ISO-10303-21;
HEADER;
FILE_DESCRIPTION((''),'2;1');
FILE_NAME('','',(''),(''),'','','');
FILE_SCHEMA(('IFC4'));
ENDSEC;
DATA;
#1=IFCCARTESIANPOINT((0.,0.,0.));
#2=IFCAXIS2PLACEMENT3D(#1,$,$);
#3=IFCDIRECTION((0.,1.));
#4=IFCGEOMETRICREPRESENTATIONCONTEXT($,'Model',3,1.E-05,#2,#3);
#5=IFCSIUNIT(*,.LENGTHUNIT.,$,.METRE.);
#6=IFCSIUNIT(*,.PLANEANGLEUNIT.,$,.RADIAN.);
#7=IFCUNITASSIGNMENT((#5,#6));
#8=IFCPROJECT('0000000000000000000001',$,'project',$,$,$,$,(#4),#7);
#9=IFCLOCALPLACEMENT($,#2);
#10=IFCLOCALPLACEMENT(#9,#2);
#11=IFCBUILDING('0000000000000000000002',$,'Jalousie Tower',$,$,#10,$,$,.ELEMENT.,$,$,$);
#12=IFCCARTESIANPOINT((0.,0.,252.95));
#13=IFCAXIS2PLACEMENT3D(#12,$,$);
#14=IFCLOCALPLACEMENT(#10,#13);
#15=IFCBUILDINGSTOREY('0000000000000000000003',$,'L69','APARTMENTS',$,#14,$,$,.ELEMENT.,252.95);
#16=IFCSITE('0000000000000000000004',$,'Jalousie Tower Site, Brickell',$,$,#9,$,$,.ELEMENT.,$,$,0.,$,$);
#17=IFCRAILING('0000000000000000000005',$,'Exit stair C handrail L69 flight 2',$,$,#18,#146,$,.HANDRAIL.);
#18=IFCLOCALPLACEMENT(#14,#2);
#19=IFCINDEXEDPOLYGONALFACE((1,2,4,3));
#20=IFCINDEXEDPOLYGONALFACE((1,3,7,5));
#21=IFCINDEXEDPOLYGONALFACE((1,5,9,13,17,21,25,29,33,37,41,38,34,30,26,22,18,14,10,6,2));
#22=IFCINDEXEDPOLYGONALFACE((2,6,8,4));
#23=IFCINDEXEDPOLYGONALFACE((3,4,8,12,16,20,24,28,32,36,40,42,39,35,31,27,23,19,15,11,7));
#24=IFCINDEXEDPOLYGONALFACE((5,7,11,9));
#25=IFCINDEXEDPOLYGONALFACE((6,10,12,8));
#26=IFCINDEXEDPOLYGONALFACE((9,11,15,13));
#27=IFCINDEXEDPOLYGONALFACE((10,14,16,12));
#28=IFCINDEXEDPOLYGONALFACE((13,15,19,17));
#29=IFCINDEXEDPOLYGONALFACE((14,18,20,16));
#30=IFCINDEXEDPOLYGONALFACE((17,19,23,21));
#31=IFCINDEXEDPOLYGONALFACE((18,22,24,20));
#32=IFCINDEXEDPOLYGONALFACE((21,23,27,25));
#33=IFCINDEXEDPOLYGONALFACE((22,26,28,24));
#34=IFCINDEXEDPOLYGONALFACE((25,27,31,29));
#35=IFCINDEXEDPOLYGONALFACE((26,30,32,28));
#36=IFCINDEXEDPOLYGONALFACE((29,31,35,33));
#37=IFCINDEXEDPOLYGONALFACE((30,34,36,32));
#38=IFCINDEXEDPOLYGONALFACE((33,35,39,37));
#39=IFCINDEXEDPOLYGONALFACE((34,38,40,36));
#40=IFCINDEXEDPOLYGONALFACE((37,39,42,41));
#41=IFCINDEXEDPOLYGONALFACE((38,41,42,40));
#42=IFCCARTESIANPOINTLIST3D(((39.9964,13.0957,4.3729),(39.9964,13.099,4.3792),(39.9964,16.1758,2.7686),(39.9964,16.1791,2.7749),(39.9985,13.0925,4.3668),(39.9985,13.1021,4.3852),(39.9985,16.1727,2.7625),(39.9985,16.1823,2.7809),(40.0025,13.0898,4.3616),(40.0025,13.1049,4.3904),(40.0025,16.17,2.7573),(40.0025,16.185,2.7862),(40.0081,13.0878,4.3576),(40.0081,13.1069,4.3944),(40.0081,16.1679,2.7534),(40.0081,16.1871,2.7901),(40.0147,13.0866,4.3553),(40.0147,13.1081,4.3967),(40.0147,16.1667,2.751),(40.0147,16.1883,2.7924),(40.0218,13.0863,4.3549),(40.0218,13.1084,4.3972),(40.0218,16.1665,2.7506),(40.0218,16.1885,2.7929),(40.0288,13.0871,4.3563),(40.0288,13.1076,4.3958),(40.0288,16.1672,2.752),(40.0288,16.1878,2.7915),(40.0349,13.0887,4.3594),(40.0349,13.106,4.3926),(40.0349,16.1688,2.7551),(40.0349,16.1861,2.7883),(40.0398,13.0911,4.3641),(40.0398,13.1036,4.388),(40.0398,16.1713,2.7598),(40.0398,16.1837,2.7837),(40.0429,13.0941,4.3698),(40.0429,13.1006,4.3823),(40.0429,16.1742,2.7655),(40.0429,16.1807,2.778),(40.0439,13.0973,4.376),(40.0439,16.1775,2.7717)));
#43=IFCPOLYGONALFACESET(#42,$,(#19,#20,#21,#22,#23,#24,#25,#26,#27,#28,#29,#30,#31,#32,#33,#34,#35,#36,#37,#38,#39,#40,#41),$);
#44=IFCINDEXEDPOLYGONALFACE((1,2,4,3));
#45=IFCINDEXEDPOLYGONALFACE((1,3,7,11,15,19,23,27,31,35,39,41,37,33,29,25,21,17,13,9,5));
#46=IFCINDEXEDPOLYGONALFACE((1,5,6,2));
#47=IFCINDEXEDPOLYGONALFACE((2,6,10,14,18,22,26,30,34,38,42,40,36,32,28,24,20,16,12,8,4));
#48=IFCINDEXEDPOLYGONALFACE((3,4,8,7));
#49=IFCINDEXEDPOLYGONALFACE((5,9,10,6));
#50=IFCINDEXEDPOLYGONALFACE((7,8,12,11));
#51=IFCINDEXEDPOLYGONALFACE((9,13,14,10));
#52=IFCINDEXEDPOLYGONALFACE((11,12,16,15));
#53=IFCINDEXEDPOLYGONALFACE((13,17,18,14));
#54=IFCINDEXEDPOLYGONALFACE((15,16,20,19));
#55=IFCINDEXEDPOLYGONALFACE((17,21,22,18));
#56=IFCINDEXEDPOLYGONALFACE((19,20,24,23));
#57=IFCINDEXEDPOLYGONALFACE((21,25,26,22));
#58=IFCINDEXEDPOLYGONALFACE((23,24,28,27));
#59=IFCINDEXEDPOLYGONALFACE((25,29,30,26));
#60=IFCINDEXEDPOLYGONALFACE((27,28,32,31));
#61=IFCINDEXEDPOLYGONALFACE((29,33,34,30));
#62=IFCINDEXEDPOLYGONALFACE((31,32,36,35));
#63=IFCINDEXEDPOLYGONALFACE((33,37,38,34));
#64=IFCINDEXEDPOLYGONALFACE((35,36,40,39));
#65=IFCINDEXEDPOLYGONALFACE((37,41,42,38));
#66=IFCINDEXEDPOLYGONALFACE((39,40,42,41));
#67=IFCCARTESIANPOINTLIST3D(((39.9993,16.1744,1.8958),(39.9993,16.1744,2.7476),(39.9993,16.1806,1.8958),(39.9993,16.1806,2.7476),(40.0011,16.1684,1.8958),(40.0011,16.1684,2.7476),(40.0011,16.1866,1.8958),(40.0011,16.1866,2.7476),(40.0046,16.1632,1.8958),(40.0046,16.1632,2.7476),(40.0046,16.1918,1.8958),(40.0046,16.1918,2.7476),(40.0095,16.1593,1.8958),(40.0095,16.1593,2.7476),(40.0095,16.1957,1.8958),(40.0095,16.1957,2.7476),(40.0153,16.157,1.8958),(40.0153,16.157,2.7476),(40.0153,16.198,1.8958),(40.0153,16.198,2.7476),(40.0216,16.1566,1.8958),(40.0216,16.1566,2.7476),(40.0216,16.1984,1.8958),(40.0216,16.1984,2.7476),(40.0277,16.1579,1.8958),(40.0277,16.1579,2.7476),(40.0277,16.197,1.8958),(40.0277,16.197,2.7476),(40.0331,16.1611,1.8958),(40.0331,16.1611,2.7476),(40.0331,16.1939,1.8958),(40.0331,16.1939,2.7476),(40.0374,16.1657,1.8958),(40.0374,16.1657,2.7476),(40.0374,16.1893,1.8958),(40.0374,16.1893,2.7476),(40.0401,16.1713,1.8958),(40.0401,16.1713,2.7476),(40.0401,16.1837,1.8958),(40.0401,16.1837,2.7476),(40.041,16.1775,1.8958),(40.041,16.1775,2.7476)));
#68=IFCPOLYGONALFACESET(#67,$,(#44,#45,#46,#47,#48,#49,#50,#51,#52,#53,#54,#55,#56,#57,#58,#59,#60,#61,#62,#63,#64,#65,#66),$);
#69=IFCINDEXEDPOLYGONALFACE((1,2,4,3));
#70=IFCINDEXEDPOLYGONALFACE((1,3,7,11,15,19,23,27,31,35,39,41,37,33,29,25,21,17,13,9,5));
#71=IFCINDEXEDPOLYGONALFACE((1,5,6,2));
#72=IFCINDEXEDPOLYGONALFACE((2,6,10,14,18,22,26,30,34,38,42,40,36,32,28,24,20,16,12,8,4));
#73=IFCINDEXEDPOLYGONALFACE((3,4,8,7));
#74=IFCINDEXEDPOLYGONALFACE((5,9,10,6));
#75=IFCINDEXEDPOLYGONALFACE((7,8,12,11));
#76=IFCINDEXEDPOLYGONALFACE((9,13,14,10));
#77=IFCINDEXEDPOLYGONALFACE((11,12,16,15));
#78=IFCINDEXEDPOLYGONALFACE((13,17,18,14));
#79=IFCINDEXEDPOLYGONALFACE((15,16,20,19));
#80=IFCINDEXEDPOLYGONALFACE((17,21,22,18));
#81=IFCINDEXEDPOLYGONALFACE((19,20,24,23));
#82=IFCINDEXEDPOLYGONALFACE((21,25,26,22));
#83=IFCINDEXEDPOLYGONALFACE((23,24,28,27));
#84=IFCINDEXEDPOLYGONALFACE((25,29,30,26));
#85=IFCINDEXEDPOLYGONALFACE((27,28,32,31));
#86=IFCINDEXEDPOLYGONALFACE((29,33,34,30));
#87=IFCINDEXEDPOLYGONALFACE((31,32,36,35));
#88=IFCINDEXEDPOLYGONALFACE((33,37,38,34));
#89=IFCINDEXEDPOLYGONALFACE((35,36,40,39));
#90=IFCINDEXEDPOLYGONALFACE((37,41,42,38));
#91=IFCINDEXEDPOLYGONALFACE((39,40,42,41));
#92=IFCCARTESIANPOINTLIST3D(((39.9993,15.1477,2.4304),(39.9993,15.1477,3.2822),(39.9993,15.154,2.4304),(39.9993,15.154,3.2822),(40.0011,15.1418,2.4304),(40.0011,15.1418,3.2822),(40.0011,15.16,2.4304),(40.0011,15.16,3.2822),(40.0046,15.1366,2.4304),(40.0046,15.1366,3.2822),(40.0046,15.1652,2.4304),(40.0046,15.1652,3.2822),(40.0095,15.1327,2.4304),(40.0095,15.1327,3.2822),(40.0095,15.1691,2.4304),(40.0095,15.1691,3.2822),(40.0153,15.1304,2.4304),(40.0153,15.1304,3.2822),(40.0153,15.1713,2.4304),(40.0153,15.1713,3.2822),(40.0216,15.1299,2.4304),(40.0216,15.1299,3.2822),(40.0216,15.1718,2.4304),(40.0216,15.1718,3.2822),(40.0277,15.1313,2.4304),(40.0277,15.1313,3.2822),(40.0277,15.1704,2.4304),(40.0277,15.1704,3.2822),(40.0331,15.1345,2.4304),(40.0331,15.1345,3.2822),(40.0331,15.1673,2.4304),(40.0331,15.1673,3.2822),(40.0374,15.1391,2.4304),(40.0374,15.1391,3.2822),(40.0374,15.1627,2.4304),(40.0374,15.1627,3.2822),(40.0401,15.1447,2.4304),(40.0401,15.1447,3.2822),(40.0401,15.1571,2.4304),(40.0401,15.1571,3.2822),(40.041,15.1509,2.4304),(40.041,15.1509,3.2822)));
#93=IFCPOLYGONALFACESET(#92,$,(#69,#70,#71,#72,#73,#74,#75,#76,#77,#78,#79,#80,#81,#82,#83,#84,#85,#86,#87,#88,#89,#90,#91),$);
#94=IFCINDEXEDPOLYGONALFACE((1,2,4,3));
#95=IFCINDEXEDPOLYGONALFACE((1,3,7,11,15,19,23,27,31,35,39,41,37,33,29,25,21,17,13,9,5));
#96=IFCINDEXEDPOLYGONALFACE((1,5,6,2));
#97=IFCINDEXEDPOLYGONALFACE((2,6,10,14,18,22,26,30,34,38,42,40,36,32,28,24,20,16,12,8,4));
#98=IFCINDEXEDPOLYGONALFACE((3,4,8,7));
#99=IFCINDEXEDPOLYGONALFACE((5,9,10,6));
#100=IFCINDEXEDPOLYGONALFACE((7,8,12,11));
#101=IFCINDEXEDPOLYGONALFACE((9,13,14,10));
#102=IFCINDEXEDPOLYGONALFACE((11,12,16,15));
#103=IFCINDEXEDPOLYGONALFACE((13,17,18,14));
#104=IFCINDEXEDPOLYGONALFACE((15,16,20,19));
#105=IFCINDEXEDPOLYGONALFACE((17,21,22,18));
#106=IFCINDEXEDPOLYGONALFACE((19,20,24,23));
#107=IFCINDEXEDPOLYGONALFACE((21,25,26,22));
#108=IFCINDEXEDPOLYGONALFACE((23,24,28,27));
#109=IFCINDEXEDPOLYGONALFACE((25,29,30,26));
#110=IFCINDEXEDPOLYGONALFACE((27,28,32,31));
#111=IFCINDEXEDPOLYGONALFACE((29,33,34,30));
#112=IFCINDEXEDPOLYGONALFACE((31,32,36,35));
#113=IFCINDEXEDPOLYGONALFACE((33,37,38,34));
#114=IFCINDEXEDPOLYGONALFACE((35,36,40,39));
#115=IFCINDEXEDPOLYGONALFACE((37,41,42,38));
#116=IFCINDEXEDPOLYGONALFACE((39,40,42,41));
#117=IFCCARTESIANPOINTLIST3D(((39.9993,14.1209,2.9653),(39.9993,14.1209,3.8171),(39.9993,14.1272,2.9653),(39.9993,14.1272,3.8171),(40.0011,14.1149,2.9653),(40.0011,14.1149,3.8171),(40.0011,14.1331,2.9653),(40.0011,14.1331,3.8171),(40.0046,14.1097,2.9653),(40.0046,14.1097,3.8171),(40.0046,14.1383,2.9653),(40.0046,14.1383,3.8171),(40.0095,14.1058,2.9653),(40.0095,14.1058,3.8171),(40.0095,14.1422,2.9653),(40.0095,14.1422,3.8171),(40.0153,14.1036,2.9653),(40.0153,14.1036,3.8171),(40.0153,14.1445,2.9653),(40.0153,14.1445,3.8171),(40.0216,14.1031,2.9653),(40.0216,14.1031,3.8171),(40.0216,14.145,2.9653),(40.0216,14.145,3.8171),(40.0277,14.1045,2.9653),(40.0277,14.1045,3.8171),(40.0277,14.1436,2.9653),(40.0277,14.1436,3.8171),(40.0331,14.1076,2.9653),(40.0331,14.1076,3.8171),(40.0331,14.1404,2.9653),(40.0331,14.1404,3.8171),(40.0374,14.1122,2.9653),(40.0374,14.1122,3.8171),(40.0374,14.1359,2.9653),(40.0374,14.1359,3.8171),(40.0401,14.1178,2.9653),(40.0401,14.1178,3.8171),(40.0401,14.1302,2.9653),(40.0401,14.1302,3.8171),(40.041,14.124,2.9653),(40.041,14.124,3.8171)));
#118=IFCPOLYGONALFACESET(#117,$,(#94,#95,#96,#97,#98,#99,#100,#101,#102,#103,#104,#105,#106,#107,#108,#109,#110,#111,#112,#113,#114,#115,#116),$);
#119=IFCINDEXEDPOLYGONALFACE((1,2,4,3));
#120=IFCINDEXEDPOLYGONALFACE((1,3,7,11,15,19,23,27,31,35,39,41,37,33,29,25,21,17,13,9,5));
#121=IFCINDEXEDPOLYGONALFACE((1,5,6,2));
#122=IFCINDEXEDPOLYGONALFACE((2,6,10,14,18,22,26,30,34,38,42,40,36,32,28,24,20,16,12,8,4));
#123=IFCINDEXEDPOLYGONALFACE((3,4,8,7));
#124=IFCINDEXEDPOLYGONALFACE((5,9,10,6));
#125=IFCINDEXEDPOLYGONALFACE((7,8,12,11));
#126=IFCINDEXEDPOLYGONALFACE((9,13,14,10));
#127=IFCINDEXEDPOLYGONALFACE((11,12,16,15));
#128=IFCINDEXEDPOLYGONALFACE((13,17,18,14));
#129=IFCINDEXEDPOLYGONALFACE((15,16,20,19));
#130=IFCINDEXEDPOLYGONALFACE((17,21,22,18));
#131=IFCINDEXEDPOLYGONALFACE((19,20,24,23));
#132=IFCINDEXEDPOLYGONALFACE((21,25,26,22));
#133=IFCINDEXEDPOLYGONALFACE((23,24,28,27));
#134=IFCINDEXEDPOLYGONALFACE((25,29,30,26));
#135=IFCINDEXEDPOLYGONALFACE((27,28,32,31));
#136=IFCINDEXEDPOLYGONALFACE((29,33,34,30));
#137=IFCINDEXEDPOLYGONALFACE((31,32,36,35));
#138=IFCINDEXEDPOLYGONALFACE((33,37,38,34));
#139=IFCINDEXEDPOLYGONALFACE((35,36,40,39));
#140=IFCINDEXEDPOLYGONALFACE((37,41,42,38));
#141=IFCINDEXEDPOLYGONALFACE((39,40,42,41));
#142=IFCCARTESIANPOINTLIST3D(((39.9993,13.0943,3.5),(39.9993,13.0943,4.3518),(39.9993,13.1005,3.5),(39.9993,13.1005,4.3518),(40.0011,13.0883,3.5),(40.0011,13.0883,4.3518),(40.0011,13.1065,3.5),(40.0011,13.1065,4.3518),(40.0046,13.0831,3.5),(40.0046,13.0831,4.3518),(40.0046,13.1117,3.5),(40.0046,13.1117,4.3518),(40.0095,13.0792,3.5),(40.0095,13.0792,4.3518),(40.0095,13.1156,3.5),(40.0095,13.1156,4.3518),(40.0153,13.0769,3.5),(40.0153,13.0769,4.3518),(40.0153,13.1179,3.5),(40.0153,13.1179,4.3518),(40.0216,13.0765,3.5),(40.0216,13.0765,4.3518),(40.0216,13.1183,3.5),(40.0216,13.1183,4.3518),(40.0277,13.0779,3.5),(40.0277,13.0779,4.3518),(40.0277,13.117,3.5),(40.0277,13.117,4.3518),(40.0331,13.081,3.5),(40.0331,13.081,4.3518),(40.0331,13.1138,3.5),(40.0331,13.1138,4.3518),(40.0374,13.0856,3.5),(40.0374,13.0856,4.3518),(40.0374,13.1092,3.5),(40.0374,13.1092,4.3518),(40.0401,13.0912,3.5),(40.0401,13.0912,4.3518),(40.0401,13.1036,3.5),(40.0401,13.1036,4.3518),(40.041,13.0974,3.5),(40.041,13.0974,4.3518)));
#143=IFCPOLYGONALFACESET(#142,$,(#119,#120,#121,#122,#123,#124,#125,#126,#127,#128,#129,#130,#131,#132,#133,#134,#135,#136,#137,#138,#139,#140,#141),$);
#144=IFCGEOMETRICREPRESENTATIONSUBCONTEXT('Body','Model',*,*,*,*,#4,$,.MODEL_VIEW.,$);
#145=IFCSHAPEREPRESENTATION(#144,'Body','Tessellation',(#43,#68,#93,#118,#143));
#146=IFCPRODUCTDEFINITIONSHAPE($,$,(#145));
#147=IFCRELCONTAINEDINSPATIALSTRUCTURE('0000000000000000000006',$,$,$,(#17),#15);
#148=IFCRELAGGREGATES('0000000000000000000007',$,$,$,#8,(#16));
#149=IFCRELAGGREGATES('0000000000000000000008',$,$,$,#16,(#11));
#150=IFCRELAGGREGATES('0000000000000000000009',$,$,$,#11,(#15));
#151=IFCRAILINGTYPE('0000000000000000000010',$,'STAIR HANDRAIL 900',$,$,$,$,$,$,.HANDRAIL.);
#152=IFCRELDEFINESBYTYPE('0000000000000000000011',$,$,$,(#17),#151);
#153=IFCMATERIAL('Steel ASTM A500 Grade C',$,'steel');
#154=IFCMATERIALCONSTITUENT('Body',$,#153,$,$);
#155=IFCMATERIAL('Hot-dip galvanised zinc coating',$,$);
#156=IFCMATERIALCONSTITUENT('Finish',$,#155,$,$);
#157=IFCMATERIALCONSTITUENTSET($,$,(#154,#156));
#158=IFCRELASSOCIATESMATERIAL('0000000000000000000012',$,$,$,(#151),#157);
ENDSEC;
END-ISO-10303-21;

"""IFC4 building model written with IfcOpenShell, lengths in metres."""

from ifc_helpers import new_model, si_unit, direction, frame, origin, origin_2d, place, context, subcontext, project, spatial, circle, extrude, material, constituent, constituent_set, type_object, element, save


model = new_model("IFC4")

# Units and contexts
model_context = context("Model", 3, precision=1e-05, world=origin(), true_north=direction((0.0, 1.0)))
body_context = subcontext(model_context, "Body", "Model", "MODEL_VIEW")
ifc_project = project(units=[si_unit("LENGTHUNIT", "METRE"), si_unit("PLANEANGLEUNIT", "RADIAN")], contexts=[model_context])

# Site, building, storey
site_placement = place(None, origin())
site = spatial("IfcSite", under=ifc_project, at=site_placement, Name="Jalousie Tower Site, Brickell", CompositionType="ELEMENT", RefElevation=0.0)
building_placement = place(site_placement, origin())
building = spatial("IfcBuilding", under=site, at=building_placement, Name="Jalousie Tower", CompositionType="ELEMENT")
storey_placement = place(building_placement, frame((0.0, 0.0, 252.95)))
storey = spatial("IfcBuildingStorey", under=building, at=storey_placement, Name="L69", Description="APARTMENTS", CompositionType="ELEMENT", Elevation=252.95)

# Railing
ifc_material_1 = material(Name="Steel ASTM A500 Grade C", Category="steel")
ifc_constituent_1 = constituent(ifc_material_1, Name="Body")
ifc_material_2 = material(Name="Hot-dip galvanised zinc coating")
ifc_constituent_2 = constituent(ifc_material_2, Name="Finish")
ifc_constituent_set_1 = constituent_set(constituents=[ifc_constituent_1, ifc_constituent_2])
railing_type_1 = type_object("IfcRailingType", Name="STAIR HANDRAIL 900", PredefinedType="HANDRAIL", material=ifc_constituent_set_1)
railing_1_placement = place(storey_placement, frame((40.02, 16.1775, 1.8958)))
element("IfcRailing", 1, at=railing_1_placement, inside=storey, type_object=railing_type_1, Name="Exit stair C handrail L69 flight 2", PredefinedType="HANDRAIL", context=body_context, shape_type="SweptSolid", body=[
    extrude(circle(Radius=0.0239, at=origin_2d()), frame((0.0, 0.0, 0.876), z_axis=(0.0, -0.886909, 0.461944), x_axis=(1.0, 0.0, 0.0)), (0.0, 0.0, 1.0), 3.4729),
    extrude(circle(Radius=0.021, at=origin_2d()), origin(), (0.0, 0.0, 1.0), 0.8518),
    extrude(circle(Radius=0.021, at=origin_2d()), frame((0.0, -1.0266, 0.5347)), (0.0, 0.0, 1.0), 0.8518),
    extrude(circle(Radius=0.021, at=origin_2d()), frame((0.0, -2.0535, 1.0696)), (0.0, 0.0, 1.0), 0.8518),
    extrude(circle(Radius=0.021, at=origin_2d()), frame((0.0, -3.0801, 1.6042)), (0.0, 0.0, 1.0), 0.8518),
])

save(model, "model.ifc")
